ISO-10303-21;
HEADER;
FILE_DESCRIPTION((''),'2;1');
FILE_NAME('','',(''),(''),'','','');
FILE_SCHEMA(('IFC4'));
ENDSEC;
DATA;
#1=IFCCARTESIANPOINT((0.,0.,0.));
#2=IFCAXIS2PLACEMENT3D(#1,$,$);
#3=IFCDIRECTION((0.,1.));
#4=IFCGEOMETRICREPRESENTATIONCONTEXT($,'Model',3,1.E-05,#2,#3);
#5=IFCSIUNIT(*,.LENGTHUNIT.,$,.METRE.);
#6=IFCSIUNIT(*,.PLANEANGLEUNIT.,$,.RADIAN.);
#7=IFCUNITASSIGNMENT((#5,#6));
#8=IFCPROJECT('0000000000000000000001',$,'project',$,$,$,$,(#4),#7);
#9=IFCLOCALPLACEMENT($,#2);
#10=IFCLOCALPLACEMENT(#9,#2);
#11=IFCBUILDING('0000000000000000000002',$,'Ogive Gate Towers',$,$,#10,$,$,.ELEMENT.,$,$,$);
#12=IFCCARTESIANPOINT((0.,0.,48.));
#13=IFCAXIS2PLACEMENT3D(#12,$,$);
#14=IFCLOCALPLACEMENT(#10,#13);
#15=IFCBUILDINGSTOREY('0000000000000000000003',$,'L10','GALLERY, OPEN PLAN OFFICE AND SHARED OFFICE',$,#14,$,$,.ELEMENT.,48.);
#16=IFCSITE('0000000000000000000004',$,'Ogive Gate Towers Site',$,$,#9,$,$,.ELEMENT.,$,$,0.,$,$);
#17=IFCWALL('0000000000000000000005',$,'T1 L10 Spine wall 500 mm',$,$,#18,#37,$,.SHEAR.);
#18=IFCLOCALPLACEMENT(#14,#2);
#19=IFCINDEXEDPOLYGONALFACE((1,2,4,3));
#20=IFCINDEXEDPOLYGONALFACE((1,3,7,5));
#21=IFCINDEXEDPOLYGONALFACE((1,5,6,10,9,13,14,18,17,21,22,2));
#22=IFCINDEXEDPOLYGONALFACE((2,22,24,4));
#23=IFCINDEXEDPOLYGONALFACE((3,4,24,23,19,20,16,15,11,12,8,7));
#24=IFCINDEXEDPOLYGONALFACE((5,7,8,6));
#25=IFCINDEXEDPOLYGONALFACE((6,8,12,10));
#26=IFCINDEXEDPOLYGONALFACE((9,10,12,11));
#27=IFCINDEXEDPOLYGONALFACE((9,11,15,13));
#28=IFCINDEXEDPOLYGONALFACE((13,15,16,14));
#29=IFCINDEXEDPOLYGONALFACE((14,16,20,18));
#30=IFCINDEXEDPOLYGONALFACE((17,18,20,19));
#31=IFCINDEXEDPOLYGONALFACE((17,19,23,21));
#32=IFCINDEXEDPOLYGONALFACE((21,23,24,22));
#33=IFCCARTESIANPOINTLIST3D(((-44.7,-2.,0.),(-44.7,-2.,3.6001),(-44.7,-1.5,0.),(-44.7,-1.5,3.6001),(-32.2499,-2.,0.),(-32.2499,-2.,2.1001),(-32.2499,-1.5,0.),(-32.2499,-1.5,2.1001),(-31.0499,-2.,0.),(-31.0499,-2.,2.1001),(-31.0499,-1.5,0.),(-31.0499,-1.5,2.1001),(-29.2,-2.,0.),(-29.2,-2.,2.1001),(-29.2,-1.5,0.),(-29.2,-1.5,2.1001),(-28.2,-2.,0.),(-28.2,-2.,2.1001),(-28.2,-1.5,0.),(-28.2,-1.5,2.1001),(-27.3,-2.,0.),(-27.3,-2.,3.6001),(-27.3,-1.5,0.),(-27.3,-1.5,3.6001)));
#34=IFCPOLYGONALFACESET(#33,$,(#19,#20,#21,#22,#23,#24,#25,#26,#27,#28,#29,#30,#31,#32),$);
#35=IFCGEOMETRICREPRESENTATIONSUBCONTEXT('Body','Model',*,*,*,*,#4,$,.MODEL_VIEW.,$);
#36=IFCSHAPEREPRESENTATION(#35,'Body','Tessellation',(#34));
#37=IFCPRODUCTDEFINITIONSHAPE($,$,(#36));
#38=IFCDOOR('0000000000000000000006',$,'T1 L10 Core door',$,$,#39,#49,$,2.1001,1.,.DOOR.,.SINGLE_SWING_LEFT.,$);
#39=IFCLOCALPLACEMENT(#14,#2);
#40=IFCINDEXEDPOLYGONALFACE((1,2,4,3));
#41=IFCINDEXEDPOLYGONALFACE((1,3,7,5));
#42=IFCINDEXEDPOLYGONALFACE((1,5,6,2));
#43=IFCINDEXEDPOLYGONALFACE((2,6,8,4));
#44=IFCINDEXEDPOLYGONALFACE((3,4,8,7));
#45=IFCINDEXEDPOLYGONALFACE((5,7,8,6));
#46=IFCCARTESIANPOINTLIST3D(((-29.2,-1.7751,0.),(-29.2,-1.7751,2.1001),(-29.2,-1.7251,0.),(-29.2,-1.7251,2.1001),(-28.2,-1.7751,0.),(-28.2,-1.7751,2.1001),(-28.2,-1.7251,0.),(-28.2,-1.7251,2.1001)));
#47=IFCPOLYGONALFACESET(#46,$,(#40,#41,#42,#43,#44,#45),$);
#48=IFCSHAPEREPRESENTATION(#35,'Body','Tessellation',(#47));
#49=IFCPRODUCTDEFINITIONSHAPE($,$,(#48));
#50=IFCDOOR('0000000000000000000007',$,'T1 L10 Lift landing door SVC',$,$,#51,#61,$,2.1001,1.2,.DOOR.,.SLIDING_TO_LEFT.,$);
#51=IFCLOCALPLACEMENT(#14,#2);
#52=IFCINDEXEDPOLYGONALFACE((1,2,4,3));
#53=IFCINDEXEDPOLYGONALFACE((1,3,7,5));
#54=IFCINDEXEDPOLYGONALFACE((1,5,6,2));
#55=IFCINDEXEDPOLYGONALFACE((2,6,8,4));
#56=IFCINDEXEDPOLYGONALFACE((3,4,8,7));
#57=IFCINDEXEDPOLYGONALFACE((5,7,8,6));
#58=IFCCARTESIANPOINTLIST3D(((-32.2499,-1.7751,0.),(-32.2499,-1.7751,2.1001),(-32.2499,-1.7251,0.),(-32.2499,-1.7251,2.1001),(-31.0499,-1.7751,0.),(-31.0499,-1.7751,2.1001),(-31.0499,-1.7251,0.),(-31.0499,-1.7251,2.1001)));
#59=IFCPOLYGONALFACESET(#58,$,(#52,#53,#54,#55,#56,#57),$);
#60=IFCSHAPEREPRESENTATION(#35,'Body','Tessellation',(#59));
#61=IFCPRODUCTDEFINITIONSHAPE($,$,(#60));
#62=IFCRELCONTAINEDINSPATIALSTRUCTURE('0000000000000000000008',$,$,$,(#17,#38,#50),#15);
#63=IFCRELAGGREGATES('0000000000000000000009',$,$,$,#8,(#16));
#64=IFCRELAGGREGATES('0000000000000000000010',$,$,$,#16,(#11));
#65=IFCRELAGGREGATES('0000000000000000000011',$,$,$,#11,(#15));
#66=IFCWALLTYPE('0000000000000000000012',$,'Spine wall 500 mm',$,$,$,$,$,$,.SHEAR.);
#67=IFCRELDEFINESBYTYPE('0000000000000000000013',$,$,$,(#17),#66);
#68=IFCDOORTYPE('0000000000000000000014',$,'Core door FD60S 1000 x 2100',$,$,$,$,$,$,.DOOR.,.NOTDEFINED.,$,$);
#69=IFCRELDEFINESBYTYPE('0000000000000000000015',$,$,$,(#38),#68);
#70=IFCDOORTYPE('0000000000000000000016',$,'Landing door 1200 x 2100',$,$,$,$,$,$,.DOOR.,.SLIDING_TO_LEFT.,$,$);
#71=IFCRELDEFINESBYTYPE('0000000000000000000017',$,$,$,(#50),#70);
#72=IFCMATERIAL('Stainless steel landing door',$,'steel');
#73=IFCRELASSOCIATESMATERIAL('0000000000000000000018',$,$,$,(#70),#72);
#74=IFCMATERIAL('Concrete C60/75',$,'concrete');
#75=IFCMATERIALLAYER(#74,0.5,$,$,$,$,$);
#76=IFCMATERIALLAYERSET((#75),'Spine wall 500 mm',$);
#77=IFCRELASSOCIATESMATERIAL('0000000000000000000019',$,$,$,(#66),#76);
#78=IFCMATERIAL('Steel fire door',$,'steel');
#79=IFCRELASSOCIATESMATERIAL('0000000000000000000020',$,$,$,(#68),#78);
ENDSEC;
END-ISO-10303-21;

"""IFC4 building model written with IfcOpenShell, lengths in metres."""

from ifc_helpers import new_model, si_unit, direction, frame, frame_2d, origin, place, context, subcontext, project, spatial, rectangle, extrude, material, layer, layer_set, type_object, element, fill, save


model = new_model("IFC4")

# Units and contexts
model_context = context("Model", 3, precision=1e-05, world=origin(), true_north=direction((0.0, 1.0)))
body_context = subcontext(model_context, "Body", "Model", "MODEL_VIEW")
ifc_project = project(units=[si_unit("LENGTHUNIT", "METRE"), si_unit("PLANEANGLEUNIT", "RADIAN")], contexts=[model_context])

# Site, building, storey
site_placement = place(None, origin())
site = spatial("IfcSite", under=ifc_project, at=site_placement, Name="Ogive Gate Towers Site", CompositionType="ELEMENT", RefElevation=0.0)
building_placement = place(site_placement, origin())
building = spatial("IfcBuilding", under=site, at=building_placement, Name="Ogive Gate Towers", CompositionType="ELEMENT")
storey_placement = place(building_placement, frame((0.0, 0.0, 48.0)))
storey = spatial("IfcBuildingStorey", under=building, at=storey_placement, Name="L10", Description="GALLERY, OPEN PLAN OFFICE AND SHARED OFFICE", CompositionType="ELEMENT", Elevation=48.0)

# Shared definitions
ifc_material_1 = material(Name="Concrete C60/75", Category="concrete")
ifc_material_2 = material(Name="Steel fire door", Category="steel")

# Shared definitions
ifc_material_3 = material(Name="Stainless steel landing door", Category="steel")
door_type_1 = type_object("IfcDoorType", Name="Landing door 1200 x 2100", OperationType="SLIDING_TO_LEFT", PredefinedType="DOOR", material=ifc_material_3)

# Wall, openings, doors
ifc_layer_1 = layer(ifc_material_1, 0.5)
ifc_layer_set_1 = layer_set([ifc_layer_1], Name="Spine wall 500 mm")
wall_type_1 = type_object("IfcWallType", Name="Spine wall 500 mm", PredefinedType="SHEAR", material=ifc_layer_set_1)
wall_1_placement = place(storey_placement, frame((-44.7, -1.75, 0.0), z_axis=(0.0, 0.0, 1.0), x_axis=(1.0, 0.0, 0.0)))
wall_1 = element("IfcWall", 1, at=wall_1_placement, inside=storey, type_object=wall_type_1, Name="T1 L10 Spine wall 500 mm", PredefinedType="SHEAR", context=body_context, shape_type="SweptSolid", body=[
    extrude(rectangle(XDim=17.3999, YDim=0.5, at=frame_2d((8.7, 0.0))), origin(), (0.0, 0.0, 1.0), 3.6001),
])
opening_1_placement = place(wall_1_placement, frame((12.45, 0.0, 0.0)))
opening_1 = element("IfcOpeningElement", 2, at=opening_1_placement, cuts=wall_1, PredefinedType="OPENING", context=body_context, shape_type="SweptSolid", body=[
    extrude(rectangle(XDim=1.2, YDim=2.1001, at=frame_2d((0.6001, 1.05))), frame((0.0, 0.26, 0.0), z_axis=(0.0, -1.0, 0.0), x_axis=(1.0, 0.0, 0.0)), (0.0, 0.0, 1.0), 0.52),
])
opening_2_placement = place(wall_1_placement, frame((15.5, 0.0, 0.0)))
opening_2 = element("IfcOpeningElement", 3, at=opening_2_placement, cuts=wall_1, PredefinedType="OPENING", context=body_context, shape_type="SweptSolid", body=[
    extrude(rectangle(XDim=1.0, YDim=2.1001, at=frame_2d((0.5, 1.05))), frame((0.0, 0.26, 0.0), z_axis=(0.0, -1.0, 0.0), x_axis=(1.0, 0.0, 0.0)), (0.0, 0.0, 1.0), 0.52),
])
door_type_2 = type_object("IfcDoorType", Name="Core door FD60S 1000 x 2100", OperationType="NOTDEFINED", PredefinedType="DOOR", material=ifc_material_2)
door_1_placement = place(opening_2_placement, origin())
door_1 = element("IfcDoor", 4, at=door_1_placement, inside=storey, type_object=door_type_2, Name="T1 L10 Core door", OperationType="SINGLE_SWING_LEFT", OverallHeight=2.1001, OverallWidth=1.0, PredefinedType="DOOR", context=body_context, shape_type="SweptSolid", body=[
    extrude(rectangle(XDim=1.0, YDim=2.1001, at=frame_2d((0.5, 1.05))), frame((0.0, 0.0249, 0.0), z_axis=(0.0, -1.0, 0.0), x_axis=(1.0, 0.0, 0.0)), (0.0, 0.0, 1.0), 0.05),
])
fill(opening_2, door_1)
door_2_placement = place(opening_1_placement, origin())
door_2 = element("IfcDoor", 5, at=door_2_placement, inside=storey, type_object=door_type_1, Name="T1 L10 Lift landing door SVC", OperationType="SLIDING_TO_LEFT", OverallHeight=2.1001, OverallWidth=1.2, PredefinedType="DOOR", context=body_context, shape_type="SweptSolid", body=[
    extrude(rectangle(XDim=1.2, YDim=2.1001, at=frame_2d((0.6001, 1.05))), frame((0.0, 0.0249, 0.0), z_axis=(0.0, -1.0, 0.0), x_axis=(1.0, 0.0, 0.0)), (0.0, 0.0, 1.0), 0.05),
])
fill(opening_1, door_2)

save(model, "model.ifc")
